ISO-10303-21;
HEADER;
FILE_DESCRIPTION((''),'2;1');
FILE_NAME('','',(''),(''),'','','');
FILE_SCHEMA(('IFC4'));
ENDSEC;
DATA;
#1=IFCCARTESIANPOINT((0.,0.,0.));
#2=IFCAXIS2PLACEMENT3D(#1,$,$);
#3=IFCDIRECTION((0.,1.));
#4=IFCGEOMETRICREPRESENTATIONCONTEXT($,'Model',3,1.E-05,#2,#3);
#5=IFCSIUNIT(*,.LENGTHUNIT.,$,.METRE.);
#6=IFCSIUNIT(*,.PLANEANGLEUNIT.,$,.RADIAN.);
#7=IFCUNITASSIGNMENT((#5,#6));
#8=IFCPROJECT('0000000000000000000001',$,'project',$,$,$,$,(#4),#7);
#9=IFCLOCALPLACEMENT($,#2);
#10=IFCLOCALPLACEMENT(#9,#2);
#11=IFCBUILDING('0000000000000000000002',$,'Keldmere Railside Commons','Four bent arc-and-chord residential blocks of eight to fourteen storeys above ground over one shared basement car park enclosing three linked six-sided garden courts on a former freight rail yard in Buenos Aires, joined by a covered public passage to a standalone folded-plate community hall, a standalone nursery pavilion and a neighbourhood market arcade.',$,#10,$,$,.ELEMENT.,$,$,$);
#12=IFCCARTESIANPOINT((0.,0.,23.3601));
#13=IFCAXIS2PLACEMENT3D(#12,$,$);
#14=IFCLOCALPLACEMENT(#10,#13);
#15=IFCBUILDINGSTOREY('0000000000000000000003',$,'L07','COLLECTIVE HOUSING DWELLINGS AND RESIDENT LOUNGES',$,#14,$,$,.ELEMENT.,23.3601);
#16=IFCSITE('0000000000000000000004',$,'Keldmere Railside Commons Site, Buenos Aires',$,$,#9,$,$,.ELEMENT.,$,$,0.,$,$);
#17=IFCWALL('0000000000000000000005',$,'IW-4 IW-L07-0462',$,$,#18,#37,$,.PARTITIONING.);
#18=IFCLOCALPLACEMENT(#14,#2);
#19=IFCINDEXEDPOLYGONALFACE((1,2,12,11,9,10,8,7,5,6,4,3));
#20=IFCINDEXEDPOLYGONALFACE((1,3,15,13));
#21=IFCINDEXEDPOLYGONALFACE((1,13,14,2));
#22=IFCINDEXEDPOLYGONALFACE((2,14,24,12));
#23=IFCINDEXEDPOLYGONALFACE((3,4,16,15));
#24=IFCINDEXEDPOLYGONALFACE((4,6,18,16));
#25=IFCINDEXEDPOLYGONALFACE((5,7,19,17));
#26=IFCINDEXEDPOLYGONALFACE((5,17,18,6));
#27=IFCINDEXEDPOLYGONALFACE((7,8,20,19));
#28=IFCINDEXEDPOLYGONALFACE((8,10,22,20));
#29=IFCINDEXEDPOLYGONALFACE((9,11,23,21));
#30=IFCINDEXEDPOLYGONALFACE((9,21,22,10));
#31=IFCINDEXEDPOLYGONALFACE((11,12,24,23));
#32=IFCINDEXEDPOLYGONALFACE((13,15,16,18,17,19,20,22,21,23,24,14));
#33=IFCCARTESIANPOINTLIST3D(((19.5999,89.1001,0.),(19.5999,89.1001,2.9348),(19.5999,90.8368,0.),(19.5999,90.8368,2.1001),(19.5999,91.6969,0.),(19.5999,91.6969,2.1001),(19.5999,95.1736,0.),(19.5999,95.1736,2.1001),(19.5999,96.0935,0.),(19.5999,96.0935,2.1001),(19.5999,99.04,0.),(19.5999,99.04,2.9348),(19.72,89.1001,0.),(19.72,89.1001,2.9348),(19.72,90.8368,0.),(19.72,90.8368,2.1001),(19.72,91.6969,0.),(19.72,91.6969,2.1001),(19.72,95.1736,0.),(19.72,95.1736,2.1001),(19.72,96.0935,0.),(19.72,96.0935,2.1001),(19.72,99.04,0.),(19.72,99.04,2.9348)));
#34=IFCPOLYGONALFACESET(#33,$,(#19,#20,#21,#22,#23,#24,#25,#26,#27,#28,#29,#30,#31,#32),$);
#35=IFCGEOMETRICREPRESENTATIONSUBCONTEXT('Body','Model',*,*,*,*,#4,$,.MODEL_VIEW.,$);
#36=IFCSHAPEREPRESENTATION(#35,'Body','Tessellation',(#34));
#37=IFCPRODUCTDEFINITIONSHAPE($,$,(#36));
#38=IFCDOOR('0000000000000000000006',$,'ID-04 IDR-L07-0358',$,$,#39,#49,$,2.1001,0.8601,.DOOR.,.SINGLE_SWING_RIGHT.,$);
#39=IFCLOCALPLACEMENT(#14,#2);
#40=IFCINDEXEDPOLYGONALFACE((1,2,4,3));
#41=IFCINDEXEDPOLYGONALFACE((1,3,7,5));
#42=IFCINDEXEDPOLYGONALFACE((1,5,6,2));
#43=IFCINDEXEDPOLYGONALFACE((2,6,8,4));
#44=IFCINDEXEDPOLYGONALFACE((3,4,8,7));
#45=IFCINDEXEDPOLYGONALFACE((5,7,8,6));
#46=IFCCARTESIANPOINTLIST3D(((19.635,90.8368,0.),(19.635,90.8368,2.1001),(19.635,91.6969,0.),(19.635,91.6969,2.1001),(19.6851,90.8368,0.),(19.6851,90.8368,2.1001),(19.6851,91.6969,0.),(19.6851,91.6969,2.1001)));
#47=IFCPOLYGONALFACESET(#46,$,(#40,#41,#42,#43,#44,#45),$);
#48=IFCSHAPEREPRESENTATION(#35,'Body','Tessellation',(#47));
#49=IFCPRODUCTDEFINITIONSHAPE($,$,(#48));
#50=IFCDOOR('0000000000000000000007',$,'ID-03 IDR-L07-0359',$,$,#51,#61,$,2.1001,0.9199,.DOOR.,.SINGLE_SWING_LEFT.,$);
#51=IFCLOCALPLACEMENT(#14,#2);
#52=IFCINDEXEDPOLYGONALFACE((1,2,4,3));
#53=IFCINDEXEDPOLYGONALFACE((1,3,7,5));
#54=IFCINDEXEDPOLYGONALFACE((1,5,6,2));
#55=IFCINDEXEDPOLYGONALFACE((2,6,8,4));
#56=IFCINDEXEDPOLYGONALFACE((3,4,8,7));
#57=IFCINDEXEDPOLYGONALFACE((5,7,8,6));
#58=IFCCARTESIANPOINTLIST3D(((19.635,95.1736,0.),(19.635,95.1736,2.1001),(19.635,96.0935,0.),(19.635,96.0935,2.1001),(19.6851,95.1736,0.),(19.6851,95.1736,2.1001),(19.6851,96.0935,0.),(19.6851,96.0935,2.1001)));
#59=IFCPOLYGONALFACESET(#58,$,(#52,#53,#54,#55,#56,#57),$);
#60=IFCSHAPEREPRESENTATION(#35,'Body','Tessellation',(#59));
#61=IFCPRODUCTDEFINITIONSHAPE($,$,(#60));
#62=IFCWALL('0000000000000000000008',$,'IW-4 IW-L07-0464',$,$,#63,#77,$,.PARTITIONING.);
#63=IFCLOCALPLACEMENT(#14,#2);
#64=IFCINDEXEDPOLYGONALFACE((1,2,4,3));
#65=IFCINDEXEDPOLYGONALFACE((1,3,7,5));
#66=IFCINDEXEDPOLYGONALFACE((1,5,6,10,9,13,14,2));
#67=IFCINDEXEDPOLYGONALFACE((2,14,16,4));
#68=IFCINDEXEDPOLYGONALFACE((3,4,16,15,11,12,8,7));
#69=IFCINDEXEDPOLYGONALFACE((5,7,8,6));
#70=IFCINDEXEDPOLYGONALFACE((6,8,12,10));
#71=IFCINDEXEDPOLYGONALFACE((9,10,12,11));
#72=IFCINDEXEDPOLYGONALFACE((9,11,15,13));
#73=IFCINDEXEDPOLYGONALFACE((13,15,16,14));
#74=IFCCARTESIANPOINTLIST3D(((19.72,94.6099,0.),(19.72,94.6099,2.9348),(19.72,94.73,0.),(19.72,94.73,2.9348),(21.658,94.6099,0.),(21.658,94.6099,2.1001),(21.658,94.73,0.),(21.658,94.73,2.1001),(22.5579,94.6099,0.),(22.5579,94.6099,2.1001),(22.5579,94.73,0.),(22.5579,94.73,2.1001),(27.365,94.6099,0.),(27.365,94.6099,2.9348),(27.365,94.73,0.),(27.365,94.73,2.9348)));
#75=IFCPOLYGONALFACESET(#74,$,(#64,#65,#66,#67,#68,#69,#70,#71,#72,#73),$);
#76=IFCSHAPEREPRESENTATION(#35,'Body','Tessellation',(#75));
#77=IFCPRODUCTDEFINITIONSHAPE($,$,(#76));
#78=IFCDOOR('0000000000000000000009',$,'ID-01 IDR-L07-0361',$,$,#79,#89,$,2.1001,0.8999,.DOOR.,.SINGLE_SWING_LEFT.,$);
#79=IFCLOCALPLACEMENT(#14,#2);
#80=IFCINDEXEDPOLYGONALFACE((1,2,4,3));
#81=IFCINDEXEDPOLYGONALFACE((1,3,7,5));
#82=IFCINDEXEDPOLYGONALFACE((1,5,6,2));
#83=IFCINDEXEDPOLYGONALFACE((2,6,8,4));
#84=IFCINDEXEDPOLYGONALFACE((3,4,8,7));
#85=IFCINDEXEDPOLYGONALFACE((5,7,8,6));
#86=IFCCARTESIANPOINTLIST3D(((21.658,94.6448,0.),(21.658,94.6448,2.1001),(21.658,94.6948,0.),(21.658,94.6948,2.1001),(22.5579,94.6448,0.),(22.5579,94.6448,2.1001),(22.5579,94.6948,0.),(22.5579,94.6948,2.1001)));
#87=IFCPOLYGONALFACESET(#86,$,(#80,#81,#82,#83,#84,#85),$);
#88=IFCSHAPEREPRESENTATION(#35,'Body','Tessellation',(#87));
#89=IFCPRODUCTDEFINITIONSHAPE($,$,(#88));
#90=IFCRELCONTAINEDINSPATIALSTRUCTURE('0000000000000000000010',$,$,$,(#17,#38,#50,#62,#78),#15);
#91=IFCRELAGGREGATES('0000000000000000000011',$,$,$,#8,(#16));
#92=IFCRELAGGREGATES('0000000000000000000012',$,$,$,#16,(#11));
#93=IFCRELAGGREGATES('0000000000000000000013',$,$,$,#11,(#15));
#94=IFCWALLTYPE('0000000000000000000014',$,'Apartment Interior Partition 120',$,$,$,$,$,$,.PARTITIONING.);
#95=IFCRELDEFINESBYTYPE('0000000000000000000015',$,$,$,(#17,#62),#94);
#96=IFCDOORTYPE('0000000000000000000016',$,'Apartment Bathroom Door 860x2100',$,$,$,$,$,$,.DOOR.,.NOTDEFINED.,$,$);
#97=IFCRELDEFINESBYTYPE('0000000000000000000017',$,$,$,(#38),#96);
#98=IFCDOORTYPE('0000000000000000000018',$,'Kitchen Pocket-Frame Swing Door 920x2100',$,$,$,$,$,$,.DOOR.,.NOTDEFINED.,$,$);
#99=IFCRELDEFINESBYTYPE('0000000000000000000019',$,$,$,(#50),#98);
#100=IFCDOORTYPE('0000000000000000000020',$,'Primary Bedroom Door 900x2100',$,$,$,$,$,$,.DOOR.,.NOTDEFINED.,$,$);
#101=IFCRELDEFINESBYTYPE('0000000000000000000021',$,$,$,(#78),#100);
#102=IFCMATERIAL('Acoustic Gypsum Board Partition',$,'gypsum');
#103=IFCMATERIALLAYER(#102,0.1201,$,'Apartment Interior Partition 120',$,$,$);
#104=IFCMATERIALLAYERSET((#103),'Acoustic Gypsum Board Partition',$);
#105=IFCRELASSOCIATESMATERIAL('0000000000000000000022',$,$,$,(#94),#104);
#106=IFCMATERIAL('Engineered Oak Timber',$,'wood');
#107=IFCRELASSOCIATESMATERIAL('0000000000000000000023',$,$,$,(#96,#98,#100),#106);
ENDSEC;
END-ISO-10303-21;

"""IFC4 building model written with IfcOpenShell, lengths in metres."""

from ifc_helpers import new_model, si_unit, direction, frame, frame_2d, origin, place, context, subcontext, project, spatial, rectangle, extrude, material, layer, layer_set, type_object, element, fill, save


model = new_model("IFC4")

# Units and contexts
model_context = context("Model", 3, precision=1e-05, world=origin(), true_north=direction((0.0, 1.0)))
body_context = subcontext(model_context, "Body", "Model", "MODEL_VIEW")
ifc_project = project(units=[si_unit("LENGTHUNIT", "METRE"), si_unit("PLANEANGLEUNIT", "RADIAN")], contexts=[model_context])

# Site, building, storey
site_placement = place(None, origin())
site = spatial("IfcSite", under=ifc_project, at=site_placement, Name="Keldmere Railside Commons Site, Buenos Aires", CompositionType="ELEMENT", RefElevation=0.0)
building_placement = place(site_placement, origin())
building = spatial("IfcBuilding", under=site, at=building_placement, Name="Keldmere Railside Commons", Description="Four bent arc-and-chord residential blocks of eight to fourteen storeys above ground over one shared basement car park enclosing three linked six-sided garden courts on a former freight rail yard in Buenos Aires, joined by a covered public passage to a standalone folded-plate community hall, a standalone nursery pavilion and a neighbourhood market arcade.", CompositionType="ELEMENT")
storey_placement = place(building_placement, frame((0.0, 0.0, 23.3601)))
storey = spatial("IfcBuildingStorey", under=building, at=storey_placement, Name="L07", Description="COLLECTIVE HOUSING DWELLINGS AND RESIDENT LOUNGES", CompositionType="ELEMENT", Elevation=23.3601)

# Shared definitions
ifc_material_1 = material(Name="Acoustic Gypsum Board Partition", Category="gypsum")

# Wall, openings, doors
ifc_layer_1 = layer(ifc_material_1, 0.1201, Name="Apartment Interior Partition 120")
ifc_layer_set_1 = layer_set([ifc_layer_1], Name="Acoustic Gypsum Board Partition")
wall_type_1 = type_object("IfcWallType", Name="Apartment Interior Partition 120", PredefinedType="PARTITIONING", material=ifc_layer_set_1)
wall_1_placement = place(storey_placement, frame((19.6599, 89.1001, 0.0), z_axis=(0.0, 0.0, 1.0), x_axis=(0.0, 1.0, 0.0)))
wall_1 = element("IfcWall", 1, at=wall_1_placement, inside=storey, type_object=wall_type_1, Name="IW-4 IW-L07-0462", PredefinedType="PARTITIONING", context=body_context, shape_type="SweptSolid", body=[
    extrude(rectangle(XDim=9.9399, YDim=0.1201, at=frame_2d((4.97, 0.0))), origin(), (0.0, 0.0, 1.0), 2.9348),
])
opening_1_placement = place(wall_1_placement, frame((1.7366, 0.0, 0.0)))
opening_1 = element("IfcOpeningElement", 2, at=opening_1_placement, cuts=wall_1, PredefinedType="OPENING", context=body_context, shape_type="SweptSolid", body=[
    extrude(rectangle(XDim=0.8601, YDim=2.1001, at=frame_2d((0.4302, 1.05))), frame((0.0, 0.0701, 0.0), z_axis=(0.0, -1.0, 0.0), x_axis=(1.0, 0.0, 0.0)), (0.0, 0.0, 1.0), 0.1401),
])
opening_2_placement = place(wall_1_placement, frame((6.0735, 0.0, 0.0)))
opening_2 = element("IfcOpeningElement", 3, at=opening_2_placement, cuts=wall_1, PredefinedType="OPENING", context=body_context, shape_type="SweptSolid", body=[
    extrude(rectangle(XDim=0.9199, YDim=2.1001, at=frame_2d((0.46, 1.05))), frame((0.0, 0.0701, 0.0), z_axis=(0.0, -1.0, 0.0), x_axis=(1.0, 0.0, 0.0)), (0.0, 0.0, 1.0), 0.1401),
])
ifc_material_2 = material(Name="Engineered Oak Timber", Category="wood")
door_type_1 = type_object("IfcDoorType", Name="Apartment Bathroom Door 860x2100", OperationType="NOTDEFINED", PredefinedType="DOOR", material=ifc_material_2)
door_1_placement = place(opening_1_placement, origin())
door_1 = element("IfcDoor", 4, at=door_1_placement, inside=storey, type_object=door_type_1, Name="ID-04 IDR-L07-0358", OperationType="SINGLE_SWING_RIGHT", OverallHeight=2.1001, OverallWidth=0.8601, PredefinedType="DOOR", context=body_context, shape_type="SweptSolid", body=[
    extrude(rectangle(XDim=0.8601, YDim=2.1001, at=frame_2d((0.4302, 1.05))), frame((0.0, 0.0249, 0.0), z_axis=(0.0, -1.0, 0.0), x_axis=(1.0, 0.0, 0.0)), (0.0, 0.0, 1.0), 0.05),
])
fill(opening_1, door_1)
door_type_2 = type_object("IfcDoorType", Name="Kitchen Pocket-Frame Swing Door 920x2100", OperationType="NOTDEFINED", PredefinedType="DOOR", material=ifc_material_2)
door_2_placement = place(opening_2_placement, origin())
door_2 = element("IfcDoor", 5, at=door_2_placement, inside=storey, type_object=door_type_2, Name="ID-03 IDR-L07-0359", OperationType="SINGLE_SWING_LEFT", OverallHeight=2.1001, OverallWidth=0.9199, PredefinedType="DOOR", context=body_context, shape_type="SweptSolid", body=[
    extrude(rectangle(XDim=0.9199, YDim=2.1001, at=frame_2d((0.46, 1.05))), frame((0.0, 0.0249, 0.0), z_axis=(0.0, -1.0, 0.0), x_axis=(1.0, 0.0, 0.0)), (0.0, 0.0, 1.0), 0.05),
])
fill(opening_2, door_2)

# Wall, opening, door
wall_2_placement = place(storey_placement, frame((19.72, 94.6699, 0.0), z_axis=(0.0, 0.0, 1.0), x_axis=(1.0, 0.0, 0.0)))
wall_2 = element("IfcWall", 6, at=wall_2_placement, inside=storey, type_object=wall_type_1, Name="IW-4 IW-L07-0464", PredefinedType="PARTITIONING", context=body_context, shape_type="SweptSolid", body=[
    extrude(rectangle(XDim=7.645, YDim=0.1201, at=frame_2d((3.8225, 0.0))), origin(), (0.0, 0.0, 1.0), 2.9348),
])
opening_3_placement = place(wall_2_placement, frame((1.938, 0.0, 0.0)))
opening_3 = element("IfcOpeningElement", 7, at=opening_3_placement, cuts=wall_2, PredefinedType="OPENING", context=body_context, shape_type="SweptSolid", body=[
    extrude(rectangle(XDim=0.8999, YDim=2.1001, at=frame_2d((0.45, 1.05))), frame((0.0, 0.0701, 0.0), z_axis=(0.0, -1.0, 0.0), x_axis=(1.0, 0.0, 0.0)), (0.0, 0.0, 1.0), 0.1401),
])
door_type_3 = type_object("IfcDoorType", Name="Primary Bedroom Door 900x2100", OperationType="NOTDEFINED", PredefinedType="DOOR", material=ifc_material_2)
door_3_placement = place(opening_3_placement, origin())
door_3 = element("IfcDoor", 8, at=door_3_placement, inside=storey, type_object=door_type_3, Name="ID-01 IDR-L07-0361", OperationType="SINGLE_SWING_LEFT", OverallHeight=2.1001, OverallWidth=0.8999, PredefinedType="DOOR", context=body_context, shape_type="SweptSolid", body=[
    extrude(rectangle(XDim=0.8999, YDim=2.1001, at=frame_2d((0.45, 1.05))), frame((0.0, 0.0249, 0.0), z_axis=(0.0, -1.0, 0.0), x_axis=(1.0, 0.0, 0.0)), (0.0, 0.0, 1.0), 0.05),
])
fill(opening_3, door_3)

save(model, "model.ifc")
